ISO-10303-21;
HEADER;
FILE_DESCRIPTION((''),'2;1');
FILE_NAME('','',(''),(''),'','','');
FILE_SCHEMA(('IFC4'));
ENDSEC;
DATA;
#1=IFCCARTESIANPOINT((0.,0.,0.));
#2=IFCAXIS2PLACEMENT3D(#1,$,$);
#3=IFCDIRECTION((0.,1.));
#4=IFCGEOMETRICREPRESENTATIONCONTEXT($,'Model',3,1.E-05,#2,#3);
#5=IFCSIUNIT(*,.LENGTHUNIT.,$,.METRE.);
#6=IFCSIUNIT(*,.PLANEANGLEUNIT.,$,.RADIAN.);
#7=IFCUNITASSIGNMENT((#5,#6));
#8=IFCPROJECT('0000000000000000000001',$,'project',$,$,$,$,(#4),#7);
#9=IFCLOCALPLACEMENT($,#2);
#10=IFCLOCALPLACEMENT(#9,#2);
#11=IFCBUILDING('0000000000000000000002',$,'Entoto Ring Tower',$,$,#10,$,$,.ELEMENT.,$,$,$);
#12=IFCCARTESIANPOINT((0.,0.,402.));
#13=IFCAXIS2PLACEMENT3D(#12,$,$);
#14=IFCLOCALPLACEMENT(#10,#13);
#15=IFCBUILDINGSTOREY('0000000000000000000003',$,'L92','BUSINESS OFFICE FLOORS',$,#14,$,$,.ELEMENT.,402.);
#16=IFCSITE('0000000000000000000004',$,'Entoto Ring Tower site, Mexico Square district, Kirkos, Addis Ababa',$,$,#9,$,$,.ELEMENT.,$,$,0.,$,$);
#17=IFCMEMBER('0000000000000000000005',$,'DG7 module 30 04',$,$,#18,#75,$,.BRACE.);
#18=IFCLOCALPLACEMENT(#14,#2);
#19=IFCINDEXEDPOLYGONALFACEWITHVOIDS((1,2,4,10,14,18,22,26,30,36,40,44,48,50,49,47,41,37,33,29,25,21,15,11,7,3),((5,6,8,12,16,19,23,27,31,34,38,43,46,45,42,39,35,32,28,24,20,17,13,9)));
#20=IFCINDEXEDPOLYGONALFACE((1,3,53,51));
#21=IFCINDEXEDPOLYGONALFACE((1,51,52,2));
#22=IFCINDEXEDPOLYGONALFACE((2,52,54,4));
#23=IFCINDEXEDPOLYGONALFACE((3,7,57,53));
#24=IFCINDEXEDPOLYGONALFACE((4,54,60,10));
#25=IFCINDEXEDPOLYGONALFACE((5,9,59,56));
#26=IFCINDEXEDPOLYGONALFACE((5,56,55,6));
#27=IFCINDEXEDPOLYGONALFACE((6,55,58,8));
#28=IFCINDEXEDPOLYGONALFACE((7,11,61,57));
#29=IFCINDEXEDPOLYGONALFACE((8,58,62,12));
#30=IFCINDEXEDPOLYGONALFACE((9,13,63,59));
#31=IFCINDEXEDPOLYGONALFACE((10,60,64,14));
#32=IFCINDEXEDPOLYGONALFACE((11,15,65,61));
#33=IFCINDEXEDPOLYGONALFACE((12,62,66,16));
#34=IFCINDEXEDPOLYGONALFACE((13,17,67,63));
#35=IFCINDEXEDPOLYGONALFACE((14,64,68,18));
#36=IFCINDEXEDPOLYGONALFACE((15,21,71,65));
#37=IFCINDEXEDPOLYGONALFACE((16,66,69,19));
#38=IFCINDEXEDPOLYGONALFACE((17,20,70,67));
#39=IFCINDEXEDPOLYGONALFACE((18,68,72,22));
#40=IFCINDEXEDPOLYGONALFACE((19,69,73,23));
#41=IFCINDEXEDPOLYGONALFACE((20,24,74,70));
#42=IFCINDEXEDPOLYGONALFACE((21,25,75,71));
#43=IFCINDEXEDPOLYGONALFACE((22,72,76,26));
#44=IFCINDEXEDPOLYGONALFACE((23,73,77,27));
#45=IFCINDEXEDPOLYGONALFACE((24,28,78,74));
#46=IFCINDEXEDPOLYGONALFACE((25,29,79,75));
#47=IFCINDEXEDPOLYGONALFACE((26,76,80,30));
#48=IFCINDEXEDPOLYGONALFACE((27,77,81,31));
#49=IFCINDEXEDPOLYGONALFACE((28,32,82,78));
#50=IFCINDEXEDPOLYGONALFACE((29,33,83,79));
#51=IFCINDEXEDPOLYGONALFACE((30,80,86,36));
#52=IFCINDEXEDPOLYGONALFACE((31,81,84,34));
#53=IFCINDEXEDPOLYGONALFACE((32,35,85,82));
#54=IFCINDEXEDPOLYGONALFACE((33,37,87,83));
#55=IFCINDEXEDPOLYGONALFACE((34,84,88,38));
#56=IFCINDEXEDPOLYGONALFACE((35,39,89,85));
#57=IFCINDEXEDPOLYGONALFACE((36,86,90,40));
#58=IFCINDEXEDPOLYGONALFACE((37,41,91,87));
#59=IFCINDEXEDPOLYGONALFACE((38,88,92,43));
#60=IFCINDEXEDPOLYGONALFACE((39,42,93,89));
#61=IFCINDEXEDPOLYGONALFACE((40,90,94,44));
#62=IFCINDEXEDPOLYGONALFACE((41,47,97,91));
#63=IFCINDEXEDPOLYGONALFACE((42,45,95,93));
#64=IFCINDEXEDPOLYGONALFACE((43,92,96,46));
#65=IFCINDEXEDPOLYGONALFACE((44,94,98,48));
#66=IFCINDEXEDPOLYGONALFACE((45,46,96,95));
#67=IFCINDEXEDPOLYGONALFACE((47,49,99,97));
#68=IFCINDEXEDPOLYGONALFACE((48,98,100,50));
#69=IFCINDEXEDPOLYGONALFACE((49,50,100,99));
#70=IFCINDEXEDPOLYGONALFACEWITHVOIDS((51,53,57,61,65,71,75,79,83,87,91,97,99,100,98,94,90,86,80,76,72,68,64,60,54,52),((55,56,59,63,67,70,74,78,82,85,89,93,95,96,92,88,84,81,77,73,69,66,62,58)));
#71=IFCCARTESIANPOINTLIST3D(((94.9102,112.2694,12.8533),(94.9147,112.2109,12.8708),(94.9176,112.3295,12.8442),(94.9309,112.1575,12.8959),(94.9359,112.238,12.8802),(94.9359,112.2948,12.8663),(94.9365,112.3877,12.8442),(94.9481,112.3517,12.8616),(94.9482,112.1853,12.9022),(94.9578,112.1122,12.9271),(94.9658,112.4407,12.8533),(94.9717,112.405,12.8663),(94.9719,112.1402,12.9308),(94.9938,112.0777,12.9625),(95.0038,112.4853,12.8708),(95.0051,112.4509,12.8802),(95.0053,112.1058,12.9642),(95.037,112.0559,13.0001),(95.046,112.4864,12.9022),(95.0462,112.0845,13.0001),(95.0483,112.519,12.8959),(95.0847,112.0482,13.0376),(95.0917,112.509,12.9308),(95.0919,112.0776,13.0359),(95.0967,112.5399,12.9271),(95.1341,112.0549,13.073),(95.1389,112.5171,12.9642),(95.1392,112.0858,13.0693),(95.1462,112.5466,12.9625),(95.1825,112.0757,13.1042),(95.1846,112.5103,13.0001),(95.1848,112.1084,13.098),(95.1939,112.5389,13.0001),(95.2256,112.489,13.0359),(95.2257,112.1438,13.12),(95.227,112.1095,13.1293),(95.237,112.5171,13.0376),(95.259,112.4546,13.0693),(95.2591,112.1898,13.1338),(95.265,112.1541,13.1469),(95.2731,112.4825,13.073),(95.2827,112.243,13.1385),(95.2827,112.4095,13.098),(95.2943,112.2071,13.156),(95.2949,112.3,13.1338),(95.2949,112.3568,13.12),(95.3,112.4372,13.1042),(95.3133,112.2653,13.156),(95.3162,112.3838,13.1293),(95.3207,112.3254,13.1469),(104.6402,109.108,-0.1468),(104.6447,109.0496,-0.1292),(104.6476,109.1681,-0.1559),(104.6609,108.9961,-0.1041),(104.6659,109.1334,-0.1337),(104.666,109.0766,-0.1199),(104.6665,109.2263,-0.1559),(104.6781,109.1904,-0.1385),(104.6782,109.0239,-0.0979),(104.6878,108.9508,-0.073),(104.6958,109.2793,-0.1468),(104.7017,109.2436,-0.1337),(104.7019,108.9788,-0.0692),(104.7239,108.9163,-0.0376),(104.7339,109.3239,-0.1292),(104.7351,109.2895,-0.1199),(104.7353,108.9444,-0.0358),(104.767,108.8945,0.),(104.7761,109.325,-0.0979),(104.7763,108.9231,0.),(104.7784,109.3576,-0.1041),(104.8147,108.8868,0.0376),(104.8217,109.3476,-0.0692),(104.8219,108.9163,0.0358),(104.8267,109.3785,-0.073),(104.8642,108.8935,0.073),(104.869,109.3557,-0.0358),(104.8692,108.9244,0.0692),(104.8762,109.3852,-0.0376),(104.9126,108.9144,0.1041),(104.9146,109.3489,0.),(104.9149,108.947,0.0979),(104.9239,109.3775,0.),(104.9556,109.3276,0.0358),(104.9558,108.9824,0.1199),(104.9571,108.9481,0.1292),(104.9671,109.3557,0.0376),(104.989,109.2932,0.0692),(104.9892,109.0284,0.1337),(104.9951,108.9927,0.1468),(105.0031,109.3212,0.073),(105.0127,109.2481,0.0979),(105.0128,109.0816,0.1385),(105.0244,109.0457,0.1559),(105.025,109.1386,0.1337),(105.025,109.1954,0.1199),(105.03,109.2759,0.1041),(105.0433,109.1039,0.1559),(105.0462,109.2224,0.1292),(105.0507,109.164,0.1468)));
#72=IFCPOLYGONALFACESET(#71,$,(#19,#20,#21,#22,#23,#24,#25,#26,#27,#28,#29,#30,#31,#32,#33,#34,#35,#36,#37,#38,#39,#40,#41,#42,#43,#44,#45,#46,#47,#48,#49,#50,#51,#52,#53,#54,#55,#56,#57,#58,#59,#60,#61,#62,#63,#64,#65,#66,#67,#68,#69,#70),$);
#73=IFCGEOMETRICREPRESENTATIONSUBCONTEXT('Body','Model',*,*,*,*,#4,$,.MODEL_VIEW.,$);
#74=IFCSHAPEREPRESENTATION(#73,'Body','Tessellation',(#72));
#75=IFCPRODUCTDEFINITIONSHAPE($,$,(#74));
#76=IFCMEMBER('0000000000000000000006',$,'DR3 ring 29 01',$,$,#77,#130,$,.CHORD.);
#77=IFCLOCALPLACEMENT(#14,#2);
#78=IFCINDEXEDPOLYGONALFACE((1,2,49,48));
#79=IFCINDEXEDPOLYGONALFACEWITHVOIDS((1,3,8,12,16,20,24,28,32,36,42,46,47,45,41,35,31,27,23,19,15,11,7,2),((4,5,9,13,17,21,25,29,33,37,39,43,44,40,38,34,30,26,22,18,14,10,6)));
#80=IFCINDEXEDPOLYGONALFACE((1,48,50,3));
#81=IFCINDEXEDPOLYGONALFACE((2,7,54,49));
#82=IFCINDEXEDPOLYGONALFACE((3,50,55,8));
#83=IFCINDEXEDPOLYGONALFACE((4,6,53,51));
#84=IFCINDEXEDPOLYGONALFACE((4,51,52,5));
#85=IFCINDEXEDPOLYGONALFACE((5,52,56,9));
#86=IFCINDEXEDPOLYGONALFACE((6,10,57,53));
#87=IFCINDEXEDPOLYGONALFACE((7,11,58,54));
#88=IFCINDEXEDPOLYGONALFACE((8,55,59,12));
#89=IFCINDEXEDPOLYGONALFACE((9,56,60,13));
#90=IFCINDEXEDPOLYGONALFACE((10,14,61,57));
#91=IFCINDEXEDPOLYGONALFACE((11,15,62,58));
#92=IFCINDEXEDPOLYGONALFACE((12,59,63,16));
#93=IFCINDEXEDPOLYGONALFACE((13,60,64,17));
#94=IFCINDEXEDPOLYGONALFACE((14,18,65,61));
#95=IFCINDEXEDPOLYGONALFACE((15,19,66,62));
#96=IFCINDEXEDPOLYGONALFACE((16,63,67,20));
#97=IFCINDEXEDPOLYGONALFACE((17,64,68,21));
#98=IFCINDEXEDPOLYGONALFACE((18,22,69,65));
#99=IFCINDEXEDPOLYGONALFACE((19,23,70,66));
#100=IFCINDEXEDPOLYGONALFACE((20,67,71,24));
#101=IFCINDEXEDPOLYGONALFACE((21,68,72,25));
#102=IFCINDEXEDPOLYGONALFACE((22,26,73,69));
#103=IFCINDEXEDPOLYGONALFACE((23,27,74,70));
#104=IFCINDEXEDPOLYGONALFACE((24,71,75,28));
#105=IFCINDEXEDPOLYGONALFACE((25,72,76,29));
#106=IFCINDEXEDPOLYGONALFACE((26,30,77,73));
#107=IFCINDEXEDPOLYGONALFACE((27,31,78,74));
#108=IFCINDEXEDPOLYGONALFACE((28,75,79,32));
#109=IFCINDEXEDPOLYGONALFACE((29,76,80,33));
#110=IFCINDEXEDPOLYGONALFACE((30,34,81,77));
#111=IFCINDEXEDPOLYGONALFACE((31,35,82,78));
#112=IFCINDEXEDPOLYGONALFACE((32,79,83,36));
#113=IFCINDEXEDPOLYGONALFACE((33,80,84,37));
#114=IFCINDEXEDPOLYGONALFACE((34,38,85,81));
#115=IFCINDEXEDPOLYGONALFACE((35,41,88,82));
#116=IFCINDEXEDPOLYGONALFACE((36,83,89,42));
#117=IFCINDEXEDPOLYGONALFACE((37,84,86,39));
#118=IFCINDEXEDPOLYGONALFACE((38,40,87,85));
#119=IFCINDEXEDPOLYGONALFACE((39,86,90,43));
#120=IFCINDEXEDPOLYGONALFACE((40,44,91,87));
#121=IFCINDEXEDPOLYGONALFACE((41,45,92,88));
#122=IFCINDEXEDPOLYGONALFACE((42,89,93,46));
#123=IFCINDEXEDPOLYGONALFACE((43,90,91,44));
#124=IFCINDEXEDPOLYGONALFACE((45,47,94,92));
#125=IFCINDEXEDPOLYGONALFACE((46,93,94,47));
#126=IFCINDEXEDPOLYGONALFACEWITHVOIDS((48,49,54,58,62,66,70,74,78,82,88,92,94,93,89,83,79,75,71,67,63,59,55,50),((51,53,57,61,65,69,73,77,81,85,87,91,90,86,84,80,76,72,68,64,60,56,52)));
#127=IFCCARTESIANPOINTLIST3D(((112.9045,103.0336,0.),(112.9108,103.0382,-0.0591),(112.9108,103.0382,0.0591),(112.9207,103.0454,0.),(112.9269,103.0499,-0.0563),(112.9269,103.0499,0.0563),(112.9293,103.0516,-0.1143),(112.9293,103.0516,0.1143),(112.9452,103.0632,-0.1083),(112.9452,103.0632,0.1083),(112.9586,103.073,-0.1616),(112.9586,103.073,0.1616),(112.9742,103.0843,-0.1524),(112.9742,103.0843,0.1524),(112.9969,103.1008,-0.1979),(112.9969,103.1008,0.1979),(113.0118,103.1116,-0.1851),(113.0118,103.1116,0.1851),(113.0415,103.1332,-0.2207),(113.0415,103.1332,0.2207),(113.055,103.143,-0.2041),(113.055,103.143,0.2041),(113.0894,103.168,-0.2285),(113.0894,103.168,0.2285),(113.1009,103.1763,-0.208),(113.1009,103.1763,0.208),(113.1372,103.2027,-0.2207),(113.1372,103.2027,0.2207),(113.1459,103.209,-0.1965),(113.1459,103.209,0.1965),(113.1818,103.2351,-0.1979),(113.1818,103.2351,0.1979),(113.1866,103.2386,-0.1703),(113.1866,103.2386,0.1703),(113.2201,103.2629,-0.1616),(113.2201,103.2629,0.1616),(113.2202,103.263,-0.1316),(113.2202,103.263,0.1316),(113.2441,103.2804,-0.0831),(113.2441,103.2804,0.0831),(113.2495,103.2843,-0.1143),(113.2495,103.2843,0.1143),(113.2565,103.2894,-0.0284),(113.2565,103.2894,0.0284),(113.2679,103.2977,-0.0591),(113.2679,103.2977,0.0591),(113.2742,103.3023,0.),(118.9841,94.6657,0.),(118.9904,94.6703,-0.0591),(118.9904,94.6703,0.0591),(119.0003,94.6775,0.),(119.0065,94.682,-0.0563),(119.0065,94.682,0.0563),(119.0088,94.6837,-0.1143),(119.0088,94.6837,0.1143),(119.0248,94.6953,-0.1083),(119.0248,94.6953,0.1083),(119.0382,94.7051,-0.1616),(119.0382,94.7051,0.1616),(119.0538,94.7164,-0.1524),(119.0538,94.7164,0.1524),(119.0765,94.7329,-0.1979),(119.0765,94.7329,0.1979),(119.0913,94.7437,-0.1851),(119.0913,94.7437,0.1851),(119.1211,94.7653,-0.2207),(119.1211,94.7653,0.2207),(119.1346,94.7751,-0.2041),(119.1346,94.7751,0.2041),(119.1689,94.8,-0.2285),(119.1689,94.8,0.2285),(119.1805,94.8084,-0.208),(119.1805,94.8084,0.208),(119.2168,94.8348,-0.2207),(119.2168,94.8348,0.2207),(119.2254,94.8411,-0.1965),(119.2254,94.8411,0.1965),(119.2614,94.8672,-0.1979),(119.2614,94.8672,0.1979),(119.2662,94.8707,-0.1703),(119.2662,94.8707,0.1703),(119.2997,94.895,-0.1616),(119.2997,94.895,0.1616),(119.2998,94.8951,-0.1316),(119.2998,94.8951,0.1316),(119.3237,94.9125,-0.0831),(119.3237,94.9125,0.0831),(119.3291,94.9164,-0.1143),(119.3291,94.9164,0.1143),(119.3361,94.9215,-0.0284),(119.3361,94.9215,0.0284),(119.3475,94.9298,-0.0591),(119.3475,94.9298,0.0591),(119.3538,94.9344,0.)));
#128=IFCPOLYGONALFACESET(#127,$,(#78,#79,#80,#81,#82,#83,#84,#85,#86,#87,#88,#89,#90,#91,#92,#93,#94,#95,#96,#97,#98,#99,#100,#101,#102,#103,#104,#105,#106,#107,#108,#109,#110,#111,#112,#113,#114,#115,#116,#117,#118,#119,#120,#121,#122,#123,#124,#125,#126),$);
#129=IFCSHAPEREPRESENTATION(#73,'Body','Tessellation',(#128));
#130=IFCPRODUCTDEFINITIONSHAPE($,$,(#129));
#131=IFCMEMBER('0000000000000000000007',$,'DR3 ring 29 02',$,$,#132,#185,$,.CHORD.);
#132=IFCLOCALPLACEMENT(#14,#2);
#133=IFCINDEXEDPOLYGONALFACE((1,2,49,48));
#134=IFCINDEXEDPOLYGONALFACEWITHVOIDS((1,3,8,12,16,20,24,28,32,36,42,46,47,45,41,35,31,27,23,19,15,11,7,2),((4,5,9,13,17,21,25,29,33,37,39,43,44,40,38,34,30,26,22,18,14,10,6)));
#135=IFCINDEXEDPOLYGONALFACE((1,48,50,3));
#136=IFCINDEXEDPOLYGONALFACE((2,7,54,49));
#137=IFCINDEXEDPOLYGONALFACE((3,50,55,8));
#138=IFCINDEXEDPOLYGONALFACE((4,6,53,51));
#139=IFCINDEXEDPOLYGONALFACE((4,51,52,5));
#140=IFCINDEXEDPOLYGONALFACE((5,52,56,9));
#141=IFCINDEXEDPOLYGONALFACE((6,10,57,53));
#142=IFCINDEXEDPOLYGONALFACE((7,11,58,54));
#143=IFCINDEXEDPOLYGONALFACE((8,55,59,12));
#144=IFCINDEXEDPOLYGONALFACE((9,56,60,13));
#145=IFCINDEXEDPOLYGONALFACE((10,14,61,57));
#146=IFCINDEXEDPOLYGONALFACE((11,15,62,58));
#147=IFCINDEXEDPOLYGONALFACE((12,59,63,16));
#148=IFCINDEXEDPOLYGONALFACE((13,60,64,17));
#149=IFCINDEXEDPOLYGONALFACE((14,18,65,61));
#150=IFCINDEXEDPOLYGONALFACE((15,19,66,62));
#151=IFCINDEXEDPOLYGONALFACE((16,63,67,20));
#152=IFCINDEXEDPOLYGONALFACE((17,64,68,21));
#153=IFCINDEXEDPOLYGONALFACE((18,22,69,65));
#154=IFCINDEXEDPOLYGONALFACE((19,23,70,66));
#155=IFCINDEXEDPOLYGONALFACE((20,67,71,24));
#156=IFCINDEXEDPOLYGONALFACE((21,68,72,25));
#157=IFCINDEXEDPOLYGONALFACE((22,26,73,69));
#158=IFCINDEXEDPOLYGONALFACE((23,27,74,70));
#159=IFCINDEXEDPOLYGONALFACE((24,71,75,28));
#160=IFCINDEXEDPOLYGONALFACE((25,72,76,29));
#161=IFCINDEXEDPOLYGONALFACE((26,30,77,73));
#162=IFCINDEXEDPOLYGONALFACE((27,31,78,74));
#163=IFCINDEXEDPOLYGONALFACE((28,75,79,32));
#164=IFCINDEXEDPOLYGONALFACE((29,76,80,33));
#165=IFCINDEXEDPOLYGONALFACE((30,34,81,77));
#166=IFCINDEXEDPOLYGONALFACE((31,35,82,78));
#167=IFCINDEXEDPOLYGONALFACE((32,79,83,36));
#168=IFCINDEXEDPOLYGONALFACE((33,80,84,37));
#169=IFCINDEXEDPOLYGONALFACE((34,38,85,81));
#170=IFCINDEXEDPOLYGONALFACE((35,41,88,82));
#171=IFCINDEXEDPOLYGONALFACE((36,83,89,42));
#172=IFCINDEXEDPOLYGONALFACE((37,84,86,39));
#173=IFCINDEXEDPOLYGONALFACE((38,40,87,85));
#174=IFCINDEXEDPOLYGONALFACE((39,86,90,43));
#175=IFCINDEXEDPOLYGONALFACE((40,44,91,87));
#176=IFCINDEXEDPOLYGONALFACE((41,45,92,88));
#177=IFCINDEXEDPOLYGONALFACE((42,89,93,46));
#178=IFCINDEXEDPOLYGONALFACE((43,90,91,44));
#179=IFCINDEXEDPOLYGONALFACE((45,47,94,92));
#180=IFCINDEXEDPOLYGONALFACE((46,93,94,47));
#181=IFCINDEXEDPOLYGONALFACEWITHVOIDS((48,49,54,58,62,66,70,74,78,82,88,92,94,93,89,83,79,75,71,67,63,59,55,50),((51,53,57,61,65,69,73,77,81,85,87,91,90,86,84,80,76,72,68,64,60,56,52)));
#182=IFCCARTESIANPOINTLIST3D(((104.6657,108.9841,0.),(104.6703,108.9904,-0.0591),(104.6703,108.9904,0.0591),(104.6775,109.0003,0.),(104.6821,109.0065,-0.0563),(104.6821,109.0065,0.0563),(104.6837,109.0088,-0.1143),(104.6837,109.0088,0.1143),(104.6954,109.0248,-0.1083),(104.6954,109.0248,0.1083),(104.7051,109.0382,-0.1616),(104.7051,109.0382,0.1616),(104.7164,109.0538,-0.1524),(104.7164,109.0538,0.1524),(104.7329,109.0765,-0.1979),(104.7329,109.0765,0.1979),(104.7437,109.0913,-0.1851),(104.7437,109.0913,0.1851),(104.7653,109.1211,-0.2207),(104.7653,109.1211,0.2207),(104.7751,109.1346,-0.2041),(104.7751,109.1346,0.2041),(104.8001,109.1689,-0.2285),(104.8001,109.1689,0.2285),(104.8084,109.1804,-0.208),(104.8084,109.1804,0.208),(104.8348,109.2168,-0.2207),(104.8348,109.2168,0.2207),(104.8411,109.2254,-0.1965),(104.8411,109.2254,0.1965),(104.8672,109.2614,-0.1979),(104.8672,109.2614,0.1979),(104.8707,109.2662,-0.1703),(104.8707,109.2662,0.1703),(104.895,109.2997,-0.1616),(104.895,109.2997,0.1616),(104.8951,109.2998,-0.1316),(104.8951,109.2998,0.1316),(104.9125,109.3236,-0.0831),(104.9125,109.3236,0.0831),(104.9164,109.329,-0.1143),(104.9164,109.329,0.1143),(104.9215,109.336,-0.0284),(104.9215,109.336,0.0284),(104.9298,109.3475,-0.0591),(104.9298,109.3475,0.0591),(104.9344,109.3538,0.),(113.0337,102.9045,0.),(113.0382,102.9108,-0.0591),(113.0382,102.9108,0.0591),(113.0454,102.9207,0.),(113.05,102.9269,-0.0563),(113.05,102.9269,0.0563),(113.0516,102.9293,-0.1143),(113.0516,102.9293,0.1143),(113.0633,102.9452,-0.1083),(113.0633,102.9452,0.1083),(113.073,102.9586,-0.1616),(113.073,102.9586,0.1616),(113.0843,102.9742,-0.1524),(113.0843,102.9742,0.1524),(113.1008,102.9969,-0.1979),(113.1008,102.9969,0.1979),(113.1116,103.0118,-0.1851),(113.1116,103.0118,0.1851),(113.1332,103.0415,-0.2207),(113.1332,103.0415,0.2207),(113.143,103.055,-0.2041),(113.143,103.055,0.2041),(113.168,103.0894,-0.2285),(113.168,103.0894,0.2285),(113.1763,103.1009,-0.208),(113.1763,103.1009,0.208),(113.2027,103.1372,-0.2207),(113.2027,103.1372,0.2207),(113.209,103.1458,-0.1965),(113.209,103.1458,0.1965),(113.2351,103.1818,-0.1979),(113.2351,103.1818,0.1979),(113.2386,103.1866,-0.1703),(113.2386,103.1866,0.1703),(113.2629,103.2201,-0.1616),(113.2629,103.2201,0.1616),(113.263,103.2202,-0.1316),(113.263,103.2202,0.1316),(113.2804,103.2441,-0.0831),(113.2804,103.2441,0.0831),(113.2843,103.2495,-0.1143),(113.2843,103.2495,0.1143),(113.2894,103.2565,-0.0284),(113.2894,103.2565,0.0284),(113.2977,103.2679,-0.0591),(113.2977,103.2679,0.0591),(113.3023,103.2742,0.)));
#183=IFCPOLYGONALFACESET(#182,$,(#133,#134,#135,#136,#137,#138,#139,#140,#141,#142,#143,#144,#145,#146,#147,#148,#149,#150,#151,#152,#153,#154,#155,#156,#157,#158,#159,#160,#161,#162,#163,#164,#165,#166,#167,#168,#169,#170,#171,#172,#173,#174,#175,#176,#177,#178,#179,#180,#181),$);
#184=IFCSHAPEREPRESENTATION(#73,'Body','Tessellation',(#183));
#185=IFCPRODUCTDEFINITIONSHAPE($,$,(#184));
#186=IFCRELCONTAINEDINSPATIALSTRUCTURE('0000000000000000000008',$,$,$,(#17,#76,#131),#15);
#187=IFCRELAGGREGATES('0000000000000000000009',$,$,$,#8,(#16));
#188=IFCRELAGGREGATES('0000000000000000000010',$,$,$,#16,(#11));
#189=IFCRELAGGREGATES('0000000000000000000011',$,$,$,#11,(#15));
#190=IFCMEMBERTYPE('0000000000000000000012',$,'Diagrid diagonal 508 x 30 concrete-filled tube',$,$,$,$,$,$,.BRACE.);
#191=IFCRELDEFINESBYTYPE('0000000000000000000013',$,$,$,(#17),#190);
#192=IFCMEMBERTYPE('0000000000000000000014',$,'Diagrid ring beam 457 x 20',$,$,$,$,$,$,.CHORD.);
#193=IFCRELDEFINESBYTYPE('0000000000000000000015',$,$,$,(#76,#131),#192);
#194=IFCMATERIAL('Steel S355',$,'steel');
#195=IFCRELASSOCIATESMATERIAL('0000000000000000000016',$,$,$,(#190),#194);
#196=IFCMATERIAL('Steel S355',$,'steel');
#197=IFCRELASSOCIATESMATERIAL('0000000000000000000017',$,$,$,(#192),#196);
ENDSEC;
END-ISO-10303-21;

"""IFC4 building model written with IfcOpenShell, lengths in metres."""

from ifc_helpers import new_model, si_unit, direction, frame, origin, origin_2d, place, context, subcontext, project, spatial, circle, hollow_circle, extrude, material, material_profile, profile_set, type_object, element, save


model = new_model("IFC4")

# Units and contexts
model_context = context("Model", 3, precision=1e-05, world=origin(), true_north=direction((0.0, 1.0)))
body_context = subcontext(model_context, "Body", "Model", "MODEL_VIEW")
ifc_project = project(units=[si_unit("LENGTHUNIT", "METRE"), si_unit("PLANEANGLEUNIT", "RADIAN")], contexts=[model_context])

# Site, building, storey
site_placement = place(None, origin())
site = spatial("IfcSite", under=ifc_project, at=site_placement, Name="Entoto Ring Tower site, Mexico Square district, Kirkos, Addis Ababa", CompositionType="ELEMENT", RefElevation=0.0)
building_placement = place(site_placement, origin())
building = spatial("IfcBuilding", under=site, at=building_placement, Name="Entoto Ring Tower", CompositionType="ELEMENT")
storey_placement = place(building_placement, frame((0.0, 0.0, 402.0)))
storey = spatial("IfcBuildingStorey", under=building, at=storey_placement, Name="L92", Description="BUSINESS OFFICE FLOORS", CompositionType="ELEMENT", Elevation=402.0)

# Members
ifc_material_1 = material(Name="Steel S355", Category="steel")
ifc_material_profile_1 = material_profile(ifc_material_1, hollow_circle(Radius=0.2539, WallThickness=0.03, at=origin_2d()), Name="CHS 508 x 30")
ifc_material_2 = material(Name="Concrete C60/75", Category="concrete")
ifc_material_profile_2 = material_profile(ifc_material_2, circle(Radius=0.2241, at=origin_2d()), Name="Concrete C60/75 infill")
ifc_profile_set_1 = profile_set([ifc_material_profile_1, ifc_material_profile_2], Name="Steel S355")
member_type_1 = type_object("IfcMemberType", Name="Diagrid diagonal 508 x 30 concrete-filled tube", PredefinedType="BRACE", material=ifc_profile_set_1)
for number, where, z_axis, x_axis, name in (
    (1, (104.8455, 109.136, 0.0), (-0.588167, 0.191102, 0.785837), (-0.309009, -0.951059, 0.0), "DG7 module 30 04"),
):
    element("IfcMember", number, at=place(storey_placement, frame(where, z_axis=z_axis, x_axis=x_axis)), inside=storey, type_object=member_type_1, Name=name, PredefinedType="BRACE", context=body_context, shape_type="SweptSolid", body=[
        extrude(hollow_circle(Radius=0.2539, WallThickness=0.03, at=origin_2d()), origin(), (0.0, 0.0, 1.0), 16.543),
    ])
ifc_material_3 = material(Name="Steel S355", Category="steel")
ifc_material_profile_3 = material_profile(ifc_material_3, hollow_circle(Radius=0.2285, WallThickness=0.02, at=origin_2d()), Name="CHS 457 x 20")
ifc_material_4 = material(Name="Concrete C60/75", Category="concrete")
ifc_material_profile_4 = material_profile(ifc_material_4, circle(Radius=0.2085, at=origin_2d()), Name="Concrete C60/75 infill")
ifc_profile_set_2 = profile_set([ifc_material_profile_3, ifc_material_profile_4], Name="Steel S355")
member_type_2 = type_object("IfcMemberType", Name="Diagrid ring beam 457 x 20", PredefinedType="CHORD", material=ifc_profile_set_2)
for number, where, z_axis, x_axis, name in (
    (2, (119.1689, 94.8, 0.0), (-0.587781, 0.80902, 0.0), (-0.80902, -0.587781, 0.0), "DR3 ring 29 01"),
    (3, (113.168, 103.0894, 0.0), (-0.80902, 0.587781, 0.0), (-0.587781, -0.80902, 0.0), "DR3 ring 29 02"),
):
    element("IfcMember", number, at=place(storey_placement, frame(where, z_axis=z_axis, x_axis=x_axis)), inside=storey, type_object=member_type_2, Name=name, PredefinedType="CHORD", context=body_context, shape_type="SweptSolid", body=[
        extrude(hollow_circle(Radius=0.2285, WallThickness=0.02, at=origin_2d()), origin(), (0.0, 0.0, 1.0), 10.3433),
    ])

save(model, "model.ifc")
